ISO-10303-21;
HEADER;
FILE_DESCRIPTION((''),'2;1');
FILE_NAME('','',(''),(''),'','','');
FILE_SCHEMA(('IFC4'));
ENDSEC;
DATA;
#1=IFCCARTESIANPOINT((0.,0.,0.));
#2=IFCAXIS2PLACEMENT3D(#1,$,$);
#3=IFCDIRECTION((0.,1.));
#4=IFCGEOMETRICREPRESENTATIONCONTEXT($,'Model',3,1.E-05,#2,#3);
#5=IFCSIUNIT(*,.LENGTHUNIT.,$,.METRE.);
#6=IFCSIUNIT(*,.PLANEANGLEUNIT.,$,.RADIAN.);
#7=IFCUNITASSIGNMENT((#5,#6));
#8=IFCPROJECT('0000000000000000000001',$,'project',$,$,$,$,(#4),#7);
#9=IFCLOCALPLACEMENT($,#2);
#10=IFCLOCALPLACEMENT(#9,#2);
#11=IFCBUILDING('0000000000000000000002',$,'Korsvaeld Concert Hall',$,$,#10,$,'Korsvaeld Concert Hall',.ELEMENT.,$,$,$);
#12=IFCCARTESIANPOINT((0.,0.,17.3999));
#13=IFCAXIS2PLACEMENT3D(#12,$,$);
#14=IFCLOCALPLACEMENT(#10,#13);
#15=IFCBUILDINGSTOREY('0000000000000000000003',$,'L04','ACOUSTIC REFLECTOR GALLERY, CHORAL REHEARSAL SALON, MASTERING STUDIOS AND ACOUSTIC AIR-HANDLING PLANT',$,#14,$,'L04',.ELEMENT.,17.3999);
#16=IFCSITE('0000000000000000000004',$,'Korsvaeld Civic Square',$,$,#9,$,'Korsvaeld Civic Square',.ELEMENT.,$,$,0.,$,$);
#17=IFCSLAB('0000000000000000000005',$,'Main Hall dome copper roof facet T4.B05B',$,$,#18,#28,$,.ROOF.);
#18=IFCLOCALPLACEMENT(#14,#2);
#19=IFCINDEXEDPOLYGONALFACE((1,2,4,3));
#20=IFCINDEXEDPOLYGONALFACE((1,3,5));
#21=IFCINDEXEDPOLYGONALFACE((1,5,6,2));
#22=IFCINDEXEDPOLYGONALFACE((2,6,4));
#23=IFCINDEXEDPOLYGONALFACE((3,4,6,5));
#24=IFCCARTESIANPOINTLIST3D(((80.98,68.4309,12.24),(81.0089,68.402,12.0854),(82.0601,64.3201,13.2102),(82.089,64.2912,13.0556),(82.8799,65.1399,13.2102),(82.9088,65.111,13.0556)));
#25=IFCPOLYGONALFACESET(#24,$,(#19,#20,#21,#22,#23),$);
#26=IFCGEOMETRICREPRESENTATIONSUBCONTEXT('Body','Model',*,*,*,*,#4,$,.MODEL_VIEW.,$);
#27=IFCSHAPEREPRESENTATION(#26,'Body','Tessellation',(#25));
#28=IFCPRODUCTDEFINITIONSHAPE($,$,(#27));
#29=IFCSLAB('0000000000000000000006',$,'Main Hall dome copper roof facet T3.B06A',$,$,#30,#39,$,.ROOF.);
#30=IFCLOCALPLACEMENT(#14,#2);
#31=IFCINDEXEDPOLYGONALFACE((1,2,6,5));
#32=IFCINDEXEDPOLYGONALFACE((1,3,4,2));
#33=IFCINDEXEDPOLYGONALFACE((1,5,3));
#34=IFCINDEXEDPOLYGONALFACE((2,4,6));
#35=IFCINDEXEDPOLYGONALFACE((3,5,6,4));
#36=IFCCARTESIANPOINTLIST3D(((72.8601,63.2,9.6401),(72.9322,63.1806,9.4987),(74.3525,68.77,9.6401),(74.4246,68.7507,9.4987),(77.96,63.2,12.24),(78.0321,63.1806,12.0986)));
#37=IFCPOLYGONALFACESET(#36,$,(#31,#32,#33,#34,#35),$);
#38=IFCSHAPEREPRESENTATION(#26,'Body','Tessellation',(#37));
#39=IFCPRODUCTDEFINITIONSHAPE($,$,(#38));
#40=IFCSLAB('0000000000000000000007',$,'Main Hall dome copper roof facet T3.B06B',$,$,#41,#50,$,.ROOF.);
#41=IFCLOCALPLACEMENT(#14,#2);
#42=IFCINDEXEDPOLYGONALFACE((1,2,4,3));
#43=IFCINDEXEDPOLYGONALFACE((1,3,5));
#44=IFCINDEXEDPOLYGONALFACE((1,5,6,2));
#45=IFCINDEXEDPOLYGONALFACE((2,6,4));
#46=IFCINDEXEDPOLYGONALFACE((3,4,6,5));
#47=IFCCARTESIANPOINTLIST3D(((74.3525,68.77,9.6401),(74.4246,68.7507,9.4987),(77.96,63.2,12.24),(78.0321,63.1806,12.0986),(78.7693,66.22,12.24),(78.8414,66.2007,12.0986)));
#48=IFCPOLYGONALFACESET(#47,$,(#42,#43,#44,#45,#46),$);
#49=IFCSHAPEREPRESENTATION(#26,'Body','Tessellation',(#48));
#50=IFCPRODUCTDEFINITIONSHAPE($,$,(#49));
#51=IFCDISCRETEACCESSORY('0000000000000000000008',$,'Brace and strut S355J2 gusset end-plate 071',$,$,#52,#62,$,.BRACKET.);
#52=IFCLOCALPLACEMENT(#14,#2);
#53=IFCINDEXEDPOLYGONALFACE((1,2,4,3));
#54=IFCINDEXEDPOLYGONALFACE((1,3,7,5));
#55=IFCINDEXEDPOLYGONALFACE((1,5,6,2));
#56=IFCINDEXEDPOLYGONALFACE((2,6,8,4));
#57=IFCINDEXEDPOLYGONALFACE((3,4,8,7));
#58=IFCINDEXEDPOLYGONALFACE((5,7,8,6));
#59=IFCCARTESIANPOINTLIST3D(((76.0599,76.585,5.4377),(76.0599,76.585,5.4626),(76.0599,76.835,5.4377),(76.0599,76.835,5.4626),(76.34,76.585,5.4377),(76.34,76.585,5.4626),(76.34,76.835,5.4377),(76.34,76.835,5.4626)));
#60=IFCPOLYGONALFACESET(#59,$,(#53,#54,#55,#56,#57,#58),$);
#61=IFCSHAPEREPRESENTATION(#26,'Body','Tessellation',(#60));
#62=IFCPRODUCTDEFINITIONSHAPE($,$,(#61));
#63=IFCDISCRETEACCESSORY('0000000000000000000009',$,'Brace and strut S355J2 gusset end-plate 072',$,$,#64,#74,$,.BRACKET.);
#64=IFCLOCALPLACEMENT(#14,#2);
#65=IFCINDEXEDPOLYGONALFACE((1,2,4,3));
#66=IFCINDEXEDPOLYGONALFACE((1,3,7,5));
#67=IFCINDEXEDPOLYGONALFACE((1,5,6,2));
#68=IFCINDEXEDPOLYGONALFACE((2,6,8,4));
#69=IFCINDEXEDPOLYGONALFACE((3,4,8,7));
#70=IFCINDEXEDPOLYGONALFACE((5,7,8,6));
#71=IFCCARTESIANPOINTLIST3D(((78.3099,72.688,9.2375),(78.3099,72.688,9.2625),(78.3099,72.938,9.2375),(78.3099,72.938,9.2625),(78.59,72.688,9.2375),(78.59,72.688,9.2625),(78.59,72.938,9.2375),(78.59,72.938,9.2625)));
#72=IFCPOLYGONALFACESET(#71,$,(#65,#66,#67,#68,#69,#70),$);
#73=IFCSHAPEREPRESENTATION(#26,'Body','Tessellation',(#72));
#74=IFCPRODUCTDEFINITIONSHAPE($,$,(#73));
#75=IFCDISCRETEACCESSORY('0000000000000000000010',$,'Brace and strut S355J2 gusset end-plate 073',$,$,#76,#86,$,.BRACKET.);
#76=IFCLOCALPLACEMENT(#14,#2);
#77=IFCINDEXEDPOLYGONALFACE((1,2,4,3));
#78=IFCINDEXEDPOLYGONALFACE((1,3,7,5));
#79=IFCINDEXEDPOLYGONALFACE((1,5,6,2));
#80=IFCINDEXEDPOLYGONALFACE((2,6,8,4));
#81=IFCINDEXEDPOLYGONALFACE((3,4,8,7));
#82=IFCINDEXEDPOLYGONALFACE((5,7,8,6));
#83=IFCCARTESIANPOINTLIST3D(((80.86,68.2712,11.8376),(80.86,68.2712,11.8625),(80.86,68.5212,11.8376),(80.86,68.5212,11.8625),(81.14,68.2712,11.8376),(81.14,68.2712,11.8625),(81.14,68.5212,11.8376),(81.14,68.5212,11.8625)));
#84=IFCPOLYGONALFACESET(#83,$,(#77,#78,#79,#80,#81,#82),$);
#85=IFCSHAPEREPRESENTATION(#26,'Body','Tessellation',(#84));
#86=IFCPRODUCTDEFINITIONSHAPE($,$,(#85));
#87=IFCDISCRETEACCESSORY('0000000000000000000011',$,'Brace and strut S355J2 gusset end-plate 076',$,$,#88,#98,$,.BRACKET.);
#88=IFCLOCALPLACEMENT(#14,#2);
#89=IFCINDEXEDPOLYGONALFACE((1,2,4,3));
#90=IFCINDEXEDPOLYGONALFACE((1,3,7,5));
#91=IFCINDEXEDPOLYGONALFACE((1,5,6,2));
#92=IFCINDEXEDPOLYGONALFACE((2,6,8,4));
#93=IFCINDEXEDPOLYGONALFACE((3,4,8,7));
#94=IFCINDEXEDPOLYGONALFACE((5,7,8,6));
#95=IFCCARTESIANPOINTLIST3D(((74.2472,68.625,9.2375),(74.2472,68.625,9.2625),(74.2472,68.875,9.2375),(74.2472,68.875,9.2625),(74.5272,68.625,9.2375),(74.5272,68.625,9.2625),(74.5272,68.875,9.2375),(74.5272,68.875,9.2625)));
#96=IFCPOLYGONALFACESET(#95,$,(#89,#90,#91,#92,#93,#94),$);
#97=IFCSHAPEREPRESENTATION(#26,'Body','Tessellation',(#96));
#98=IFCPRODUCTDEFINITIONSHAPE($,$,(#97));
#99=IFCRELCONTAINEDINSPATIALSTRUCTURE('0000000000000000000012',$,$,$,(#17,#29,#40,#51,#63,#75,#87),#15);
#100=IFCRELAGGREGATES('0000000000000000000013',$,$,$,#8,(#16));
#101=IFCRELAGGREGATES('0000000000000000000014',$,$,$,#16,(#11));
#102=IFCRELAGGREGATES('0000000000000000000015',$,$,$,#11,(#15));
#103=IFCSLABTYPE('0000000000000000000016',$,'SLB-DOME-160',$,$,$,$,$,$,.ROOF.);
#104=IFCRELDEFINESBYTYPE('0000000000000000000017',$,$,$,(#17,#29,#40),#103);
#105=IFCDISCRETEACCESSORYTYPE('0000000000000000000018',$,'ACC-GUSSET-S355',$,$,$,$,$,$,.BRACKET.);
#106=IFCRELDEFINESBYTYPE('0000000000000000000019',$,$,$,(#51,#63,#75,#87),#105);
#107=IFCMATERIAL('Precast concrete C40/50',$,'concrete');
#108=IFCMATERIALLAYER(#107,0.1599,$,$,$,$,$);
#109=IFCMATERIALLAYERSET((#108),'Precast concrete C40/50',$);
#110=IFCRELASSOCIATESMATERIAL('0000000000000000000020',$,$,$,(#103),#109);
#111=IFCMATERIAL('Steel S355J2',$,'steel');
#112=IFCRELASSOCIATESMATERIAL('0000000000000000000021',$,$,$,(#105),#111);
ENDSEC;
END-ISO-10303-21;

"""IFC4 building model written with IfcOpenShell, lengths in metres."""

from ifc_helpers import new_model, si_unit, direction, frame, origin, origin_2d, place, context, subcontext, project, spatial, polyline, rectangle, outline, extrude, material, layer, layer_set, type_object, element, save


model = new_model("IFC4")

# Units and contexts
model_context = context("Model", 3, precision=1e-05, world=origin(), true_north=direction((0.0, 1.0)))
body_context = subcontext(model_context, "Body", "Model", "MODEL_VIEW")
ifc_project = project(units=[si_unit("LENGTHUNIT", "METRE"), si_unit("PLANEANGLEUNIT", "RADIAN")], contexts=[model_context])

# Site, building, storey
site_placement = place(None, origin())
site = spatial("IfcSite", under=ifc_project, at=site_placement, Name="Korsvaeld Civic Square", LongName="Korsvaeld Civic Square", CompositionType="ELEMENT", RefElevation=0.0)
building_placement = place(site_placement, origin())
building = spatial("IfcBuilding", under=site, at=building_placement, Name="Korsvaeld Concert Hall", LongName="Korsvaeld Concert Hall", CompositionType="ELEMENT")
storey_placement = place(building_placement, frame((0.0, 0.0, 17.3999)))
storey = spatial("IfcBuildingStorey", under=building, at=storey_placement, Name="L04", Description="ACOUSTIC REFLECTOR GALLERY, CHORAL REHEARSAL SALON, MASTERING STUDIOS AND ACOUSTIC AIR-HANDLING PLANT", LongName="L04", CompositionType="ELEMENT", Elevation=17.3999)

# Shared definitions
ifc_material_1 = material(Name="Steel S355J2", Category="steel")

# Slabs
ifc_material_2 = material(Name="Precast concrete C40/50", Category="concrete")
ifc_layer = layer(ifc_material_2, 0.1599)
ifc_layer_set = layer_set([ifc_layer], Name="Precast concrete C40/50")
slab_type = type_object("IfcSlabType", Name="SLB-DOME-160", PredefinedType="ROOF", material=ifc_layer_set)
slab_1_placement = place(storey_placement, frame((80.98, 68.4309, 12.24), z_axis=(-0.1807, 0.1807, 0.966796), x_axis=(0.247742, -0.94292, 0.222542)))
element("IfcSlab", 1, at=slab_1_placement, inside=storey, type_object=slab_type, Name="Main Hall dome copper roof facet T4.B05B", PredefinedType="ROOF", context=body_context, shape_type="SweptSolid", body=[
    extrude(outline(polyline([(0.0, 0.0), (4.3597, 0.0), (3.7898, 1.0097), (0.0, 0.0)])), origin(), (0.0, 0.0, -1.0), 0.1599),
])
slab_2_placement = place(storey_placement, frame((74.3525, 68.77, 9.6401), z_axis=(-0.450851, 0.1208, 0.884387), x_axis=(-0.258809, -0.965929, 0.0)))
element("IfcSlab", 2, at=slab_2_placement, inside=storey, type_object=slab_type, Name="Main Hall dome copper roof facet T3.B06A", PredefinedType="ROOF", context=body_context, shape_type="SweptSolid", body=[
    extrude(outline(polyline([(0.0, 0.0), (5.7665, 0.0), (4.4467, 5.5701), (0.0, 0.0)])), origin(), (0.0, 0.0, -1.0), 0.1599),
])
slab_3_placement = place(storey_placement, frame((74.3525, 68.77, 9.6401), z_axis=(-0.450831, 0.120817, 0.884395), x_axis=(0.506142, -0.781512, 0.364774)))
element("IfcSlab", 3, at=slab_3_placement, inside=storey, type_object=slab_type, Name="Main Hall dome copper roof facet T3.B06B", PredefinedType="ROOF", context=body_context, shape_type="SweptSolid", body=[
    extrude(outline(polyline([(0.0, 0.0), (7.1273, 0.0), (5.1768, 2.4435), (0.0, 0.0)])), origin(), (0.0, 0.0, -1.0), 0.1599),
])

# Discrete accessories
discrete_accessory_type = type_object("IfcDiscreteAccessoryType", Name="ACC-GUSSET-S355", PredefinedType="BRACKET", material=ifc_material_1)
for number, where, z_axis, x_axis, name in (
    (4, (76.2, 76.71, 5.4377), (0.0, 0.0, 1.0), (1.0, 0.0, 0.0), "Brace and strut S355J2 gusset end-plate 071"),
    (5, (78.45, 72.813, 9.2375), (0.0, 0.0, 1.0), (1.0, 0.0, 0.0), "Brace and strut S355J2 gusset end-plate 072"),
    (6, (81.0, 68.3962, 11.8376), (0.0, 0.0, 1.0), (1.0, 0.0, 0.0), "Brace and strut S355J2 gusset end-plate 073"),
    (7, (74.3872, 68.75, 9.2375), (0.0, 0.0, 1.0), (1.0, 0.0, 0.0), "Brace and strut S355J2 gusset end-plate 076"),
):
    element("IfcDiscreteAccessory", number, at=place(storey_placement, frame(where, z_axis=z_axis, x_axis=x_axis)), inside=storey, type_object=discrete_accessory_type, Name=name, PredefinedType="BRACKET", context=body_context, shape_type="SweptSolid", body=[
        extrude(rectangle(XDim=0.28, YDim=0.25, at=origin_2d()), origin(), (0.0, 0.0, 1.0), 0.0249),
    ])

save(model, "model.ifc")
